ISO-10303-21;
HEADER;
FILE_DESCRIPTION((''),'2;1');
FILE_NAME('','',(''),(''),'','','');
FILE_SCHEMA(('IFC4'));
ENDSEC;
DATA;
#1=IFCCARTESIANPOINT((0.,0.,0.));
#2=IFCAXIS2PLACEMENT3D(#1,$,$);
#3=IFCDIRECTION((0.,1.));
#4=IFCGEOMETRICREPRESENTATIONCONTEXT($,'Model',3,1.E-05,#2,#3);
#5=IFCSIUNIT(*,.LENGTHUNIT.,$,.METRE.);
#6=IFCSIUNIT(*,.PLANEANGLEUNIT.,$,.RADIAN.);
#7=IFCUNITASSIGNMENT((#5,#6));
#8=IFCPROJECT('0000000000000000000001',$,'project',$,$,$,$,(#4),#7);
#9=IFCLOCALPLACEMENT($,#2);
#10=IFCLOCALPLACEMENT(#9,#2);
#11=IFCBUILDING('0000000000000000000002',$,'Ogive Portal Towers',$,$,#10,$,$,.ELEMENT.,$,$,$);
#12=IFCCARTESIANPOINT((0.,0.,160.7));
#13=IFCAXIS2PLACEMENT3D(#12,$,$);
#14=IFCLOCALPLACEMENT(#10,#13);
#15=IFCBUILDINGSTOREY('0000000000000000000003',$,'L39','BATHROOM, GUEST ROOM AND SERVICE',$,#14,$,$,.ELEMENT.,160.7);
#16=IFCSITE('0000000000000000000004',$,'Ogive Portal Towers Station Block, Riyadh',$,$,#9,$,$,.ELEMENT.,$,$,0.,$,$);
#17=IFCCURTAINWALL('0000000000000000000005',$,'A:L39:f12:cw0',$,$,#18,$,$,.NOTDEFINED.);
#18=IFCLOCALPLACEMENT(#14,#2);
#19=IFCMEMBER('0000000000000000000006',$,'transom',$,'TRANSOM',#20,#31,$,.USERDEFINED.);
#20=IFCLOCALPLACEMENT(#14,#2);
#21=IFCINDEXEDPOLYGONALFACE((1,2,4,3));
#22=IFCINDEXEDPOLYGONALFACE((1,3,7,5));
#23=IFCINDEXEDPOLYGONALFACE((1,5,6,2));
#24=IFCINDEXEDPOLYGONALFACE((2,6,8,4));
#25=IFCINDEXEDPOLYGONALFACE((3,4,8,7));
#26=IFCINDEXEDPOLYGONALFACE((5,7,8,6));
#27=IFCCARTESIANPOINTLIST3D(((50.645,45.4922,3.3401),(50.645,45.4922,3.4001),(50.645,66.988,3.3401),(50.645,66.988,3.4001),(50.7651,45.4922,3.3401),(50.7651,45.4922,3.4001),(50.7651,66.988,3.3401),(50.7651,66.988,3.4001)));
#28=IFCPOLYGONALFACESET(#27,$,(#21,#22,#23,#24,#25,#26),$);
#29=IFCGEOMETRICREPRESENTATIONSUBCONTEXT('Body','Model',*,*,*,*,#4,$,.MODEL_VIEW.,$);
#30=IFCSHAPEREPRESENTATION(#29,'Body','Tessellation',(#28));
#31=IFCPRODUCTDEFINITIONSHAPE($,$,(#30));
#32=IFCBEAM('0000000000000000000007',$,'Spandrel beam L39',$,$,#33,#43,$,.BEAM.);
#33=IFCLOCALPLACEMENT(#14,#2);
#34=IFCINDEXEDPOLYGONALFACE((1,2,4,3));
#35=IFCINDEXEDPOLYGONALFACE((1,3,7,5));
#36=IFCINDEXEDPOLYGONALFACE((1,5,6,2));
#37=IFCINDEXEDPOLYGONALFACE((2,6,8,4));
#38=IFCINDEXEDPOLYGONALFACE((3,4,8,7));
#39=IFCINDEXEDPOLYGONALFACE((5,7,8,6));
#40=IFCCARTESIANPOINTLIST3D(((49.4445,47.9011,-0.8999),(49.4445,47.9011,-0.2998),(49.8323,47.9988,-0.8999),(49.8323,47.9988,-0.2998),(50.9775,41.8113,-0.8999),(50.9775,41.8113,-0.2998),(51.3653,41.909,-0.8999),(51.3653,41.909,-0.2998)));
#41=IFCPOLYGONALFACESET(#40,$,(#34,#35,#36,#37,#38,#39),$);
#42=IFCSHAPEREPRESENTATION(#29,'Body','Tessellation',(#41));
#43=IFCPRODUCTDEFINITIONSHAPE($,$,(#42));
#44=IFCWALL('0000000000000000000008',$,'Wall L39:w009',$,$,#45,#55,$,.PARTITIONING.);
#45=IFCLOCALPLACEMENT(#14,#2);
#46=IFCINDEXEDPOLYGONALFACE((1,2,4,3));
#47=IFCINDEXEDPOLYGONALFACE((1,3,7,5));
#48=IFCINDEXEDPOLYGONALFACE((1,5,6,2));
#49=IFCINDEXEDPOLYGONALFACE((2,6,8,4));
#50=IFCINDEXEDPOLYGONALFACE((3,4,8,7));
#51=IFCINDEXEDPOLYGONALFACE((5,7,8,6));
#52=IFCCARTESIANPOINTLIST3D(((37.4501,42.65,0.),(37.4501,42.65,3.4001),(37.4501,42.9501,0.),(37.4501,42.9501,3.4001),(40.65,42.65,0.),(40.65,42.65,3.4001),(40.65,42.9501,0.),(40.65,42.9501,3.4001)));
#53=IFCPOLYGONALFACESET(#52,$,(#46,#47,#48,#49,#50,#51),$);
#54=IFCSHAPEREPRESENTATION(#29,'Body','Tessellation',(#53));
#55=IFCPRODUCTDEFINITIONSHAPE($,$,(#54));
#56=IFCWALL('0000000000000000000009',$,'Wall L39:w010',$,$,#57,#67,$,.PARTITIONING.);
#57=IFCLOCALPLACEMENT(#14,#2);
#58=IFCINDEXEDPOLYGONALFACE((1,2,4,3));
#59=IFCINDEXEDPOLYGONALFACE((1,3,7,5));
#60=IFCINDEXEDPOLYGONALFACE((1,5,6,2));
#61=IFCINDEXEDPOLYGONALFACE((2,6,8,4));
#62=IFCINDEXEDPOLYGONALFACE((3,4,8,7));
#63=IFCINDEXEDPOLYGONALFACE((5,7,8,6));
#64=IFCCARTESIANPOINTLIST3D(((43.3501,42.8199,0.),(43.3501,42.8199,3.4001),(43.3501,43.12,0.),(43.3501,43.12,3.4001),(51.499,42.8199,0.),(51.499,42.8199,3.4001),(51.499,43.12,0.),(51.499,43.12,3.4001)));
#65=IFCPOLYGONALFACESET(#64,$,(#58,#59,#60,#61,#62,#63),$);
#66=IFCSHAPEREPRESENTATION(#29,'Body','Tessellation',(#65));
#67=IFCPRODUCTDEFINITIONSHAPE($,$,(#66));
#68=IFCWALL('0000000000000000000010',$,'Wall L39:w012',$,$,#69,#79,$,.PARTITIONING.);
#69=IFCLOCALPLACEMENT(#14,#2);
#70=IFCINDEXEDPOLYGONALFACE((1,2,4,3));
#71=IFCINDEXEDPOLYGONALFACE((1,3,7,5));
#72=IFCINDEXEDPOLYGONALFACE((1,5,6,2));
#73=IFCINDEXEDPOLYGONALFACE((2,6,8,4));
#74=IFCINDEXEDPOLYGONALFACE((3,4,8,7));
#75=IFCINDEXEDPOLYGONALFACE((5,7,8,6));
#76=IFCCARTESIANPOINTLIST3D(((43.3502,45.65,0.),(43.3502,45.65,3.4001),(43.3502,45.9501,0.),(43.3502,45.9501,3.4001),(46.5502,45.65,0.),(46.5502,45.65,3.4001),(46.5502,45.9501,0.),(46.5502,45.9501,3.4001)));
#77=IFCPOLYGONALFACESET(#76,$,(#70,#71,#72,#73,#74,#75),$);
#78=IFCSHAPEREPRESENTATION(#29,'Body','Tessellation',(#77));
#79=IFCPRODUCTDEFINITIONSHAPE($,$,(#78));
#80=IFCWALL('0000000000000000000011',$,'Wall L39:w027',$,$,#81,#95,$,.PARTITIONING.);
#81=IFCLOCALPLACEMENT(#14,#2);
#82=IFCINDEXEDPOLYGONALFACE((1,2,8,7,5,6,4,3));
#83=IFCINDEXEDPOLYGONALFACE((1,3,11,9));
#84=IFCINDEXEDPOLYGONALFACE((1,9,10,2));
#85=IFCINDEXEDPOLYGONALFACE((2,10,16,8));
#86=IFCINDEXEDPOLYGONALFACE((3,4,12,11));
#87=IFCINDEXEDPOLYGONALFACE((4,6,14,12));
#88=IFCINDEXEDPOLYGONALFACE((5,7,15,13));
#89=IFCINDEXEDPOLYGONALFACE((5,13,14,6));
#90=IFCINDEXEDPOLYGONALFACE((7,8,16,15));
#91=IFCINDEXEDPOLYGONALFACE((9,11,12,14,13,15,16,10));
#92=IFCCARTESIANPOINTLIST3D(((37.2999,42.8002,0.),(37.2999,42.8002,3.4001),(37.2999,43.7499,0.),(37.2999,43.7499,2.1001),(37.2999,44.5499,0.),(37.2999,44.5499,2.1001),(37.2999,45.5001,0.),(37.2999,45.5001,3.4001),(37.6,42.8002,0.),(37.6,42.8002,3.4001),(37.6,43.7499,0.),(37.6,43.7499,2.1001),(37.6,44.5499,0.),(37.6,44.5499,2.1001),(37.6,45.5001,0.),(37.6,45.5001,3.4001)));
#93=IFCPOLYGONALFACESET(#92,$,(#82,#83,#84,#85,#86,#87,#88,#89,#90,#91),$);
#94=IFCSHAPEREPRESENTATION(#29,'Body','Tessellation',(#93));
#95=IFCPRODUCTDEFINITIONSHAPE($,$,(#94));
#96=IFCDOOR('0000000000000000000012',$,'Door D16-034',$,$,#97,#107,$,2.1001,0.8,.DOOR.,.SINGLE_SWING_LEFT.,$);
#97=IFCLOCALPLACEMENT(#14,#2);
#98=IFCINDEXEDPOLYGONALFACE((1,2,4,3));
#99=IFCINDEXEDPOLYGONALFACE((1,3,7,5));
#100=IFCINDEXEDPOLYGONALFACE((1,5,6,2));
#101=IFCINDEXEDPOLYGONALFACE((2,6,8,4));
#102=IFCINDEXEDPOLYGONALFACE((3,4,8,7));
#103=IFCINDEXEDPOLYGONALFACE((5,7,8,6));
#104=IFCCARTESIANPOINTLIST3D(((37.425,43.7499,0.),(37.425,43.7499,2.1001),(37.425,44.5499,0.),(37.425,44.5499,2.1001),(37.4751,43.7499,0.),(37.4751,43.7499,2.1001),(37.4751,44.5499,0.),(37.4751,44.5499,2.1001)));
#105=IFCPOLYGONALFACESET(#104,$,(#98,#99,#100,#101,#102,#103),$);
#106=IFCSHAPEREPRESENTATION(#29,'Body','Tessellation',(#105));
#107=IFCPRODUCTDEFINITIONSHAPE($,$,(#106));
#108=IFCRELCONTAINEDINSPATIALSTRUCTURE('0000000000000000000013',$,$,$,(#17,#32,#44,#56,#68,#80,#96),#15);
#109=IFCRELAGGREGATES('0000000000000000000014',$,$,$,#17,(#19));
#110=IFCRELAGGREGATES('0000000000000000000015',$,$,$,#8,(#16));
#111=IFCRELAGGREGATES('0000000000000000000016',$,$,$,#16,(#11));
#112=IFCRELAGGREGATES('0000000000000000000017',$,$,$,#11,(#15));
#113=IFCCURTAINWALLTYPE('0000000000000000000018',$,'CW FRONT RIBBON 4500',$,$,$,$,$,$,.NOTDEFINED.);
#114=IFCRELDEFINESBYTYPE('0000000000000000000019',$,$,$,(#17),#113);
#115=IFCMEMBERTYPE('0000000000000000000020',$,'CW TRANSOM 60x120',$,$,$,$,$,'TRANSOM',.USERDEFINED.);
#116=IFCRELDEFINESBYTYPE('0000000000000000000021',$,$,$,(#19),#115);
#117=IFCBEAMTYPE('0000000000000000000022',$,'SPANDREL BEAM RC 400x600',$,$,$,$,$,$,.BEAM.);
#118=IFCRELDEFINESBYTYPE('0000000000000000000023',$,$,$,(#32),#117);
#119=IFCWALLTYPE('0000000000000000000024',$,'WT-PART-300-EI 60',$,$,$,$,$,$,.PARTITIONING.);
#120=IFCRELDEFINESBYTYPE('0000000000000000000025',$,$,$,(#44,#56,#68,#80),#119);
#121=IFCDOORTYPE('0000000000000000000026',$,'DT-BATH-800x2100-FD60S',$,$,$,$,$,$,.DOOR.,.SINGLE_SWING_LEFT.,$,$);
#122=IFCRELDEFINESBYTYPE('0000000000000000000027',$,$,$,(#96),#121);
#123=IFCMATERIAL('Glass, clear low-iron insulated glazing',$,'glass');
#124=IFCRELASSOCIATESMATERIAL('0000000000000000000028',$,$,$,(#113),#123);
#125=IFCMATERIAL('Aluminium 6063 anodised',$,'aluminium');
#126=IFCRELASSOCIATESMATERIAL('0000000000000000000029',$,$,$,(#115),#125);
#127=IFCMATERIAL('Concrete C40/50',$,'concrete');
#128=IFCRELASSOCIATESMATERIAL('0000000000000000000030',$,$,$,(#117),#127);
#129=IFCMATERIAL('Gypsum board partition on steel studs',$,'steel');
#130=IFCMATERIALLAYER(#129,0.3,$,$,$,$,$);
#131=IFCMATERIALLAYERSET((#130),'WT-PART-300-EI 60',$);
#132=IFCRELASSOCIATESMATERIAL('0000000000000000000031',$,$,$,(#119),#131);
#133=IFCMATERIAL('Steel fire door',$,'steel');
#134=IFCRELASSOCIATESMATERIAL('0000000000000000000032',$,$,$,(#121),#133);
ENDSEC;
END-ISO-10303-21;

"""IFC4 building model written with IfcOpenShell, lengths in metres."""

from ifc_helpers import new_model, si_unit, direction, frame, frame_2d, origin, origin_2d, place, context, subcontext, project, spatial, rectangle, extrude, material, layer, layer_set, material_profile, profile_set, type_object, element, fill, aggregate, save


model = new_model("IFC4")

# Units and contexts
model_context = context("Model", 3, precision=1e-05, world=origin(), true_north=direction((0.0, 1.0)))
body_context = subcontext(model_context, "Body", "Model", "MODEL_VIEW")
ifc_project = project(units=[si_unit("LENGTHUNIT", "METRE"), si_unit("PLANEANGLEUNIT", "RADIAN")], contexts=[model_context])

# Site, building, storey
site_placement = place(None, origin())
site = spatial("IfcSite", under=ifc_project, at=site_placement, Name="Ogive Portal Towers Station Block, Riyadh", CompositionType="ELEMENT", RefElevation=0.0)
building_placement = place(site_placement, origin())
building = spatial("IfcBuilding", under=site, at=building_placement, Name="Ogive Portal Towers", CompositionType="ELEMENT")
storey_placement = place(building_placement, frame((0.0, 0.0, 160.7)))
storey = spatial("IfcBuildingStorey", under=building, at=storey_placement, Name="L39", Description="BATHROOM, GUEST ROOM AND SERVICE", CompositionType="ELEMENT", Elevation=160.7)

# Curtain wall, member
ifc_material_1 = material(Name="Glass, clear low-iron insulated glazing", Category="glass")
curtain_wall_type = type_object("IfcCurtainWallType", Name="CW FRONT RIBBON 4500", PredefinedType="NOTDEFINED", material=ifc_material_1)
curtain_wall_placement = place(storey_placement, origin())
curtain_wall = element("IfcCurtainWall", 1, at=curtain_wall_placement, inside=storey, type_object=curtain_wall_type, Name="A:L39:f12:cw0", PredefinedType="NOTDEFINED")
ifc_material_2 = material(Name="Aluminium 6063 anodised", Category="aluminium")
ifc_material_profile_1 = material_profile(ifc_material_2, rectangle(XDim=0.1201, YDim=0.0601, at=origin_2d()), Name="AL 120x60")
ifc_profile_set_1 = profile_set([ifc_material_profile_1], Name="Aluminium 6063 anodised")
member_type = type_object("IfcMemberType", Name="CW TRANSOM 60x120", ElementType="TRANSOM", PredefinedType="USERDEFINED", material=ifc_profile_set_1)
member_placement = place(storey_placement, frame((50.7051, 45.4922, 3.3701), z_axis=(0.0, 1.0, 0.0), x_axis=(-1.0, 0.0, 0.0)))
member = element("IfcMember", 2, at=member_placement, type_object=member_type, Name="transom", ObjectType="TRANSOM", PredefinedType="USERDEFINED", context=body_context, shape_type="SweptSolid", body=[
    extrude(rectangle(XDim=0.1201, YDim=0.0601, at=origin_2d()), origin(), (0.0, 0.0, 1.0), 21.4958),
])
aggregate(curtain_wall, [member])

# Beam
ifc_material_3 = material(Name="Concrete C40/50", Category="concrete")
ifc_material_profile_2 = material_profile(ifc_material_3, rectangle(XDim=0.3999, YDim=0.6001, at=origin_2d()), Name="RC 400x600")
ifc_profile_set_2 = profile_set([ifc_material_profile_2], Name="Concrete C40/50")
beam_type = type_object("IfcBeamType", Name="SPANDREL BEAM RC 400x600", PredefinedType="BEAM", material=ifc_profile_set_2)
beam_placement = place(storey_placement, frame((49.6384, 47.95, -0.5999), z_axis=(0.244109, -0.969748, 0.0), x_axis=(0.969748, 0.244109, 0.0)))
element("IfcBeam", 3, at=beam_placement, inside=storey, type_object=beam_type, Name="Spandrel beam L39", PredefinedType="BEAM", context=body_context, shape_type="SweptSolid", body=[
    extrude(rectangle(XDim=0.3999, YDim=0.6001, at=origin_2d()), origin(), (0.0, 0.0, 1.0), 6.2798),
])

# Walls
ifc_material_4 = material(Name="Gypsum board partition on steel studs", Category="steel")
ifc_layer_1 = layer(ifc_material_4, 0.3)
ifc_layer_set_1 = layer_set([ifc_layer_1], Name="WT-PART-300-EI 60")
wall_type_1 = type_object("IfcWallType", Name="WT-PART-300-EI 60", PredefinedType="PARTITIONING", material=ifc_layer_set_1)
wall_1_placement = place(storey_placement, frame((37.45, 42.8, 0.0), z_axis=(0.0, 0.0, 1.0), x_axis=(1.0, 0.0, 0.0)))
element("IfcWall", 4, at=wall_1_placement, inside=storey, type_object=wall_type_1, Name="Wall L39:w009", PredefinedType="PARTITIONING", context=body_context, shape_type="SweptSolid", body=[
    extrude(rectangle(XDim=3.2, YDim=0.3, at=frame_2d((1.6001, 0.0))), origin(), (0.0, 0.0, 1.0), 3.4001),
])
wall_2_placement = place(storey_placement, frame((43.3501, 42.97, 0.0), z_axis=(0.0, 0.0, 1.0), x_axis=(1.0, 0.0, 0.0)))
element("IfcWall", 5, at=wall_2_placement, inside=storey, type_object=wall_type_1, Name="Wall L39:w010", PredefinedType="PARTITIONING", context=body_context, shape_type="SweptSolid", body=[
    extrude(rectangle(XDim=8.1489, YDim=0.3, at=frame_2d((4.0745, 0.0))), origin(), (0.0, 0.0, 1.0), 3.4001),
])
wall_3_placement = place(storey_placement, frame((43.3501, 45.8, 0.0), z_axis=(0.0, 0.0, 1.0), x_axis=(1.0, 0.0, 0.0)))
element("IfcWall", 6, at=wall_3_placement, inside=storey, type_object=wall_type_1, Name="Wall L39:w012", PredefinedType="PARTITIONING", context=body_context, shape_type="SweptSolid", body=[
    extrude(rectangle(XDim=3.2, YDim=0.3, at=frame_2d((1.6001, 0.0))), origin(), (0.0, 0.0, 1.0), 3.4001),
])

# Wall, opening, door
wall_4_placement = place(storey_placement, frame((37.45, 42.8, 0.0), z_axis=(0.0, 0.0, 1.0), x_axis=(0.0, 1.0, 0.0)))
wall_4 = element("IfcWall", 7, at=wall_4_placement, inside=storey, type_object=wall_type_1, Name="Wall L39:w027", PredefinedType="PARTITIONING", context=body_context, shape_type="SweptSolid", body=[
    extrude(rectangle(XDim=2.7, YDim=0.3, at=frame_2d((1.3501, 0.0))), origin(), (0.0, 0.0, 1.0), 3.4001),
])
opening_1_placement = place(wall_4_placement, frame((0.95, 0.0, 0.0)))
opening_1 = element("IfcOpeningElement", 8, at=opening_1_placement, cuts=wall_4, PredefinedType="OPENING", context=body_context, shape_type="SweptSolid", body=[
    extrude(rectangle(XDim=0.8, YDim=2.1001, at=frame_2d((0.3999, 1.05))), frame((0.0, 0.1602, 0.0), z_axis=(0.0, -1.0, 0.0), x_axis=(1.0, 0.0, 0.0)), (0.0, 0.0, 1.0), 0.3201),
])
ifc_material_5 = material(Name="Steel fire door", Category="steel")
door_type_1 = type_object("IfcDoorType", Name="DT-BATH-800x2100-FD60S", OperationType="SINGLE_SWING_LEFT", PredefinedType="DOOR", material=ifc_material_5)
door_1_placement = place(opening_1_placement, origin())
door_1 = element("IfcDoor", 9, at=door_1_placement, inside=storey, type_object=door_type_1, Name="Door D16-034", OperationType="SINGLE_SWING_LEFT", OverallHeight=2.1001, OverallWidth=0.8, PredefinedType="DOOR", context=body_context, shape_type="SweptSolid", body=[
    extrude(rectangle(XDim=0.8, YDim=2.1001, at=frame_2d((0.3999, 1.05))), frame((0.0, 0.0249, 0.0), z_axis=(0.0, -1.0, 0.0), x_axis=(1.0, 0.0, 0.0)), (0.0, 0.0, 1.0), 0.05),
])
fill(opening_1, door_1)

save(model, "model.ifc")
